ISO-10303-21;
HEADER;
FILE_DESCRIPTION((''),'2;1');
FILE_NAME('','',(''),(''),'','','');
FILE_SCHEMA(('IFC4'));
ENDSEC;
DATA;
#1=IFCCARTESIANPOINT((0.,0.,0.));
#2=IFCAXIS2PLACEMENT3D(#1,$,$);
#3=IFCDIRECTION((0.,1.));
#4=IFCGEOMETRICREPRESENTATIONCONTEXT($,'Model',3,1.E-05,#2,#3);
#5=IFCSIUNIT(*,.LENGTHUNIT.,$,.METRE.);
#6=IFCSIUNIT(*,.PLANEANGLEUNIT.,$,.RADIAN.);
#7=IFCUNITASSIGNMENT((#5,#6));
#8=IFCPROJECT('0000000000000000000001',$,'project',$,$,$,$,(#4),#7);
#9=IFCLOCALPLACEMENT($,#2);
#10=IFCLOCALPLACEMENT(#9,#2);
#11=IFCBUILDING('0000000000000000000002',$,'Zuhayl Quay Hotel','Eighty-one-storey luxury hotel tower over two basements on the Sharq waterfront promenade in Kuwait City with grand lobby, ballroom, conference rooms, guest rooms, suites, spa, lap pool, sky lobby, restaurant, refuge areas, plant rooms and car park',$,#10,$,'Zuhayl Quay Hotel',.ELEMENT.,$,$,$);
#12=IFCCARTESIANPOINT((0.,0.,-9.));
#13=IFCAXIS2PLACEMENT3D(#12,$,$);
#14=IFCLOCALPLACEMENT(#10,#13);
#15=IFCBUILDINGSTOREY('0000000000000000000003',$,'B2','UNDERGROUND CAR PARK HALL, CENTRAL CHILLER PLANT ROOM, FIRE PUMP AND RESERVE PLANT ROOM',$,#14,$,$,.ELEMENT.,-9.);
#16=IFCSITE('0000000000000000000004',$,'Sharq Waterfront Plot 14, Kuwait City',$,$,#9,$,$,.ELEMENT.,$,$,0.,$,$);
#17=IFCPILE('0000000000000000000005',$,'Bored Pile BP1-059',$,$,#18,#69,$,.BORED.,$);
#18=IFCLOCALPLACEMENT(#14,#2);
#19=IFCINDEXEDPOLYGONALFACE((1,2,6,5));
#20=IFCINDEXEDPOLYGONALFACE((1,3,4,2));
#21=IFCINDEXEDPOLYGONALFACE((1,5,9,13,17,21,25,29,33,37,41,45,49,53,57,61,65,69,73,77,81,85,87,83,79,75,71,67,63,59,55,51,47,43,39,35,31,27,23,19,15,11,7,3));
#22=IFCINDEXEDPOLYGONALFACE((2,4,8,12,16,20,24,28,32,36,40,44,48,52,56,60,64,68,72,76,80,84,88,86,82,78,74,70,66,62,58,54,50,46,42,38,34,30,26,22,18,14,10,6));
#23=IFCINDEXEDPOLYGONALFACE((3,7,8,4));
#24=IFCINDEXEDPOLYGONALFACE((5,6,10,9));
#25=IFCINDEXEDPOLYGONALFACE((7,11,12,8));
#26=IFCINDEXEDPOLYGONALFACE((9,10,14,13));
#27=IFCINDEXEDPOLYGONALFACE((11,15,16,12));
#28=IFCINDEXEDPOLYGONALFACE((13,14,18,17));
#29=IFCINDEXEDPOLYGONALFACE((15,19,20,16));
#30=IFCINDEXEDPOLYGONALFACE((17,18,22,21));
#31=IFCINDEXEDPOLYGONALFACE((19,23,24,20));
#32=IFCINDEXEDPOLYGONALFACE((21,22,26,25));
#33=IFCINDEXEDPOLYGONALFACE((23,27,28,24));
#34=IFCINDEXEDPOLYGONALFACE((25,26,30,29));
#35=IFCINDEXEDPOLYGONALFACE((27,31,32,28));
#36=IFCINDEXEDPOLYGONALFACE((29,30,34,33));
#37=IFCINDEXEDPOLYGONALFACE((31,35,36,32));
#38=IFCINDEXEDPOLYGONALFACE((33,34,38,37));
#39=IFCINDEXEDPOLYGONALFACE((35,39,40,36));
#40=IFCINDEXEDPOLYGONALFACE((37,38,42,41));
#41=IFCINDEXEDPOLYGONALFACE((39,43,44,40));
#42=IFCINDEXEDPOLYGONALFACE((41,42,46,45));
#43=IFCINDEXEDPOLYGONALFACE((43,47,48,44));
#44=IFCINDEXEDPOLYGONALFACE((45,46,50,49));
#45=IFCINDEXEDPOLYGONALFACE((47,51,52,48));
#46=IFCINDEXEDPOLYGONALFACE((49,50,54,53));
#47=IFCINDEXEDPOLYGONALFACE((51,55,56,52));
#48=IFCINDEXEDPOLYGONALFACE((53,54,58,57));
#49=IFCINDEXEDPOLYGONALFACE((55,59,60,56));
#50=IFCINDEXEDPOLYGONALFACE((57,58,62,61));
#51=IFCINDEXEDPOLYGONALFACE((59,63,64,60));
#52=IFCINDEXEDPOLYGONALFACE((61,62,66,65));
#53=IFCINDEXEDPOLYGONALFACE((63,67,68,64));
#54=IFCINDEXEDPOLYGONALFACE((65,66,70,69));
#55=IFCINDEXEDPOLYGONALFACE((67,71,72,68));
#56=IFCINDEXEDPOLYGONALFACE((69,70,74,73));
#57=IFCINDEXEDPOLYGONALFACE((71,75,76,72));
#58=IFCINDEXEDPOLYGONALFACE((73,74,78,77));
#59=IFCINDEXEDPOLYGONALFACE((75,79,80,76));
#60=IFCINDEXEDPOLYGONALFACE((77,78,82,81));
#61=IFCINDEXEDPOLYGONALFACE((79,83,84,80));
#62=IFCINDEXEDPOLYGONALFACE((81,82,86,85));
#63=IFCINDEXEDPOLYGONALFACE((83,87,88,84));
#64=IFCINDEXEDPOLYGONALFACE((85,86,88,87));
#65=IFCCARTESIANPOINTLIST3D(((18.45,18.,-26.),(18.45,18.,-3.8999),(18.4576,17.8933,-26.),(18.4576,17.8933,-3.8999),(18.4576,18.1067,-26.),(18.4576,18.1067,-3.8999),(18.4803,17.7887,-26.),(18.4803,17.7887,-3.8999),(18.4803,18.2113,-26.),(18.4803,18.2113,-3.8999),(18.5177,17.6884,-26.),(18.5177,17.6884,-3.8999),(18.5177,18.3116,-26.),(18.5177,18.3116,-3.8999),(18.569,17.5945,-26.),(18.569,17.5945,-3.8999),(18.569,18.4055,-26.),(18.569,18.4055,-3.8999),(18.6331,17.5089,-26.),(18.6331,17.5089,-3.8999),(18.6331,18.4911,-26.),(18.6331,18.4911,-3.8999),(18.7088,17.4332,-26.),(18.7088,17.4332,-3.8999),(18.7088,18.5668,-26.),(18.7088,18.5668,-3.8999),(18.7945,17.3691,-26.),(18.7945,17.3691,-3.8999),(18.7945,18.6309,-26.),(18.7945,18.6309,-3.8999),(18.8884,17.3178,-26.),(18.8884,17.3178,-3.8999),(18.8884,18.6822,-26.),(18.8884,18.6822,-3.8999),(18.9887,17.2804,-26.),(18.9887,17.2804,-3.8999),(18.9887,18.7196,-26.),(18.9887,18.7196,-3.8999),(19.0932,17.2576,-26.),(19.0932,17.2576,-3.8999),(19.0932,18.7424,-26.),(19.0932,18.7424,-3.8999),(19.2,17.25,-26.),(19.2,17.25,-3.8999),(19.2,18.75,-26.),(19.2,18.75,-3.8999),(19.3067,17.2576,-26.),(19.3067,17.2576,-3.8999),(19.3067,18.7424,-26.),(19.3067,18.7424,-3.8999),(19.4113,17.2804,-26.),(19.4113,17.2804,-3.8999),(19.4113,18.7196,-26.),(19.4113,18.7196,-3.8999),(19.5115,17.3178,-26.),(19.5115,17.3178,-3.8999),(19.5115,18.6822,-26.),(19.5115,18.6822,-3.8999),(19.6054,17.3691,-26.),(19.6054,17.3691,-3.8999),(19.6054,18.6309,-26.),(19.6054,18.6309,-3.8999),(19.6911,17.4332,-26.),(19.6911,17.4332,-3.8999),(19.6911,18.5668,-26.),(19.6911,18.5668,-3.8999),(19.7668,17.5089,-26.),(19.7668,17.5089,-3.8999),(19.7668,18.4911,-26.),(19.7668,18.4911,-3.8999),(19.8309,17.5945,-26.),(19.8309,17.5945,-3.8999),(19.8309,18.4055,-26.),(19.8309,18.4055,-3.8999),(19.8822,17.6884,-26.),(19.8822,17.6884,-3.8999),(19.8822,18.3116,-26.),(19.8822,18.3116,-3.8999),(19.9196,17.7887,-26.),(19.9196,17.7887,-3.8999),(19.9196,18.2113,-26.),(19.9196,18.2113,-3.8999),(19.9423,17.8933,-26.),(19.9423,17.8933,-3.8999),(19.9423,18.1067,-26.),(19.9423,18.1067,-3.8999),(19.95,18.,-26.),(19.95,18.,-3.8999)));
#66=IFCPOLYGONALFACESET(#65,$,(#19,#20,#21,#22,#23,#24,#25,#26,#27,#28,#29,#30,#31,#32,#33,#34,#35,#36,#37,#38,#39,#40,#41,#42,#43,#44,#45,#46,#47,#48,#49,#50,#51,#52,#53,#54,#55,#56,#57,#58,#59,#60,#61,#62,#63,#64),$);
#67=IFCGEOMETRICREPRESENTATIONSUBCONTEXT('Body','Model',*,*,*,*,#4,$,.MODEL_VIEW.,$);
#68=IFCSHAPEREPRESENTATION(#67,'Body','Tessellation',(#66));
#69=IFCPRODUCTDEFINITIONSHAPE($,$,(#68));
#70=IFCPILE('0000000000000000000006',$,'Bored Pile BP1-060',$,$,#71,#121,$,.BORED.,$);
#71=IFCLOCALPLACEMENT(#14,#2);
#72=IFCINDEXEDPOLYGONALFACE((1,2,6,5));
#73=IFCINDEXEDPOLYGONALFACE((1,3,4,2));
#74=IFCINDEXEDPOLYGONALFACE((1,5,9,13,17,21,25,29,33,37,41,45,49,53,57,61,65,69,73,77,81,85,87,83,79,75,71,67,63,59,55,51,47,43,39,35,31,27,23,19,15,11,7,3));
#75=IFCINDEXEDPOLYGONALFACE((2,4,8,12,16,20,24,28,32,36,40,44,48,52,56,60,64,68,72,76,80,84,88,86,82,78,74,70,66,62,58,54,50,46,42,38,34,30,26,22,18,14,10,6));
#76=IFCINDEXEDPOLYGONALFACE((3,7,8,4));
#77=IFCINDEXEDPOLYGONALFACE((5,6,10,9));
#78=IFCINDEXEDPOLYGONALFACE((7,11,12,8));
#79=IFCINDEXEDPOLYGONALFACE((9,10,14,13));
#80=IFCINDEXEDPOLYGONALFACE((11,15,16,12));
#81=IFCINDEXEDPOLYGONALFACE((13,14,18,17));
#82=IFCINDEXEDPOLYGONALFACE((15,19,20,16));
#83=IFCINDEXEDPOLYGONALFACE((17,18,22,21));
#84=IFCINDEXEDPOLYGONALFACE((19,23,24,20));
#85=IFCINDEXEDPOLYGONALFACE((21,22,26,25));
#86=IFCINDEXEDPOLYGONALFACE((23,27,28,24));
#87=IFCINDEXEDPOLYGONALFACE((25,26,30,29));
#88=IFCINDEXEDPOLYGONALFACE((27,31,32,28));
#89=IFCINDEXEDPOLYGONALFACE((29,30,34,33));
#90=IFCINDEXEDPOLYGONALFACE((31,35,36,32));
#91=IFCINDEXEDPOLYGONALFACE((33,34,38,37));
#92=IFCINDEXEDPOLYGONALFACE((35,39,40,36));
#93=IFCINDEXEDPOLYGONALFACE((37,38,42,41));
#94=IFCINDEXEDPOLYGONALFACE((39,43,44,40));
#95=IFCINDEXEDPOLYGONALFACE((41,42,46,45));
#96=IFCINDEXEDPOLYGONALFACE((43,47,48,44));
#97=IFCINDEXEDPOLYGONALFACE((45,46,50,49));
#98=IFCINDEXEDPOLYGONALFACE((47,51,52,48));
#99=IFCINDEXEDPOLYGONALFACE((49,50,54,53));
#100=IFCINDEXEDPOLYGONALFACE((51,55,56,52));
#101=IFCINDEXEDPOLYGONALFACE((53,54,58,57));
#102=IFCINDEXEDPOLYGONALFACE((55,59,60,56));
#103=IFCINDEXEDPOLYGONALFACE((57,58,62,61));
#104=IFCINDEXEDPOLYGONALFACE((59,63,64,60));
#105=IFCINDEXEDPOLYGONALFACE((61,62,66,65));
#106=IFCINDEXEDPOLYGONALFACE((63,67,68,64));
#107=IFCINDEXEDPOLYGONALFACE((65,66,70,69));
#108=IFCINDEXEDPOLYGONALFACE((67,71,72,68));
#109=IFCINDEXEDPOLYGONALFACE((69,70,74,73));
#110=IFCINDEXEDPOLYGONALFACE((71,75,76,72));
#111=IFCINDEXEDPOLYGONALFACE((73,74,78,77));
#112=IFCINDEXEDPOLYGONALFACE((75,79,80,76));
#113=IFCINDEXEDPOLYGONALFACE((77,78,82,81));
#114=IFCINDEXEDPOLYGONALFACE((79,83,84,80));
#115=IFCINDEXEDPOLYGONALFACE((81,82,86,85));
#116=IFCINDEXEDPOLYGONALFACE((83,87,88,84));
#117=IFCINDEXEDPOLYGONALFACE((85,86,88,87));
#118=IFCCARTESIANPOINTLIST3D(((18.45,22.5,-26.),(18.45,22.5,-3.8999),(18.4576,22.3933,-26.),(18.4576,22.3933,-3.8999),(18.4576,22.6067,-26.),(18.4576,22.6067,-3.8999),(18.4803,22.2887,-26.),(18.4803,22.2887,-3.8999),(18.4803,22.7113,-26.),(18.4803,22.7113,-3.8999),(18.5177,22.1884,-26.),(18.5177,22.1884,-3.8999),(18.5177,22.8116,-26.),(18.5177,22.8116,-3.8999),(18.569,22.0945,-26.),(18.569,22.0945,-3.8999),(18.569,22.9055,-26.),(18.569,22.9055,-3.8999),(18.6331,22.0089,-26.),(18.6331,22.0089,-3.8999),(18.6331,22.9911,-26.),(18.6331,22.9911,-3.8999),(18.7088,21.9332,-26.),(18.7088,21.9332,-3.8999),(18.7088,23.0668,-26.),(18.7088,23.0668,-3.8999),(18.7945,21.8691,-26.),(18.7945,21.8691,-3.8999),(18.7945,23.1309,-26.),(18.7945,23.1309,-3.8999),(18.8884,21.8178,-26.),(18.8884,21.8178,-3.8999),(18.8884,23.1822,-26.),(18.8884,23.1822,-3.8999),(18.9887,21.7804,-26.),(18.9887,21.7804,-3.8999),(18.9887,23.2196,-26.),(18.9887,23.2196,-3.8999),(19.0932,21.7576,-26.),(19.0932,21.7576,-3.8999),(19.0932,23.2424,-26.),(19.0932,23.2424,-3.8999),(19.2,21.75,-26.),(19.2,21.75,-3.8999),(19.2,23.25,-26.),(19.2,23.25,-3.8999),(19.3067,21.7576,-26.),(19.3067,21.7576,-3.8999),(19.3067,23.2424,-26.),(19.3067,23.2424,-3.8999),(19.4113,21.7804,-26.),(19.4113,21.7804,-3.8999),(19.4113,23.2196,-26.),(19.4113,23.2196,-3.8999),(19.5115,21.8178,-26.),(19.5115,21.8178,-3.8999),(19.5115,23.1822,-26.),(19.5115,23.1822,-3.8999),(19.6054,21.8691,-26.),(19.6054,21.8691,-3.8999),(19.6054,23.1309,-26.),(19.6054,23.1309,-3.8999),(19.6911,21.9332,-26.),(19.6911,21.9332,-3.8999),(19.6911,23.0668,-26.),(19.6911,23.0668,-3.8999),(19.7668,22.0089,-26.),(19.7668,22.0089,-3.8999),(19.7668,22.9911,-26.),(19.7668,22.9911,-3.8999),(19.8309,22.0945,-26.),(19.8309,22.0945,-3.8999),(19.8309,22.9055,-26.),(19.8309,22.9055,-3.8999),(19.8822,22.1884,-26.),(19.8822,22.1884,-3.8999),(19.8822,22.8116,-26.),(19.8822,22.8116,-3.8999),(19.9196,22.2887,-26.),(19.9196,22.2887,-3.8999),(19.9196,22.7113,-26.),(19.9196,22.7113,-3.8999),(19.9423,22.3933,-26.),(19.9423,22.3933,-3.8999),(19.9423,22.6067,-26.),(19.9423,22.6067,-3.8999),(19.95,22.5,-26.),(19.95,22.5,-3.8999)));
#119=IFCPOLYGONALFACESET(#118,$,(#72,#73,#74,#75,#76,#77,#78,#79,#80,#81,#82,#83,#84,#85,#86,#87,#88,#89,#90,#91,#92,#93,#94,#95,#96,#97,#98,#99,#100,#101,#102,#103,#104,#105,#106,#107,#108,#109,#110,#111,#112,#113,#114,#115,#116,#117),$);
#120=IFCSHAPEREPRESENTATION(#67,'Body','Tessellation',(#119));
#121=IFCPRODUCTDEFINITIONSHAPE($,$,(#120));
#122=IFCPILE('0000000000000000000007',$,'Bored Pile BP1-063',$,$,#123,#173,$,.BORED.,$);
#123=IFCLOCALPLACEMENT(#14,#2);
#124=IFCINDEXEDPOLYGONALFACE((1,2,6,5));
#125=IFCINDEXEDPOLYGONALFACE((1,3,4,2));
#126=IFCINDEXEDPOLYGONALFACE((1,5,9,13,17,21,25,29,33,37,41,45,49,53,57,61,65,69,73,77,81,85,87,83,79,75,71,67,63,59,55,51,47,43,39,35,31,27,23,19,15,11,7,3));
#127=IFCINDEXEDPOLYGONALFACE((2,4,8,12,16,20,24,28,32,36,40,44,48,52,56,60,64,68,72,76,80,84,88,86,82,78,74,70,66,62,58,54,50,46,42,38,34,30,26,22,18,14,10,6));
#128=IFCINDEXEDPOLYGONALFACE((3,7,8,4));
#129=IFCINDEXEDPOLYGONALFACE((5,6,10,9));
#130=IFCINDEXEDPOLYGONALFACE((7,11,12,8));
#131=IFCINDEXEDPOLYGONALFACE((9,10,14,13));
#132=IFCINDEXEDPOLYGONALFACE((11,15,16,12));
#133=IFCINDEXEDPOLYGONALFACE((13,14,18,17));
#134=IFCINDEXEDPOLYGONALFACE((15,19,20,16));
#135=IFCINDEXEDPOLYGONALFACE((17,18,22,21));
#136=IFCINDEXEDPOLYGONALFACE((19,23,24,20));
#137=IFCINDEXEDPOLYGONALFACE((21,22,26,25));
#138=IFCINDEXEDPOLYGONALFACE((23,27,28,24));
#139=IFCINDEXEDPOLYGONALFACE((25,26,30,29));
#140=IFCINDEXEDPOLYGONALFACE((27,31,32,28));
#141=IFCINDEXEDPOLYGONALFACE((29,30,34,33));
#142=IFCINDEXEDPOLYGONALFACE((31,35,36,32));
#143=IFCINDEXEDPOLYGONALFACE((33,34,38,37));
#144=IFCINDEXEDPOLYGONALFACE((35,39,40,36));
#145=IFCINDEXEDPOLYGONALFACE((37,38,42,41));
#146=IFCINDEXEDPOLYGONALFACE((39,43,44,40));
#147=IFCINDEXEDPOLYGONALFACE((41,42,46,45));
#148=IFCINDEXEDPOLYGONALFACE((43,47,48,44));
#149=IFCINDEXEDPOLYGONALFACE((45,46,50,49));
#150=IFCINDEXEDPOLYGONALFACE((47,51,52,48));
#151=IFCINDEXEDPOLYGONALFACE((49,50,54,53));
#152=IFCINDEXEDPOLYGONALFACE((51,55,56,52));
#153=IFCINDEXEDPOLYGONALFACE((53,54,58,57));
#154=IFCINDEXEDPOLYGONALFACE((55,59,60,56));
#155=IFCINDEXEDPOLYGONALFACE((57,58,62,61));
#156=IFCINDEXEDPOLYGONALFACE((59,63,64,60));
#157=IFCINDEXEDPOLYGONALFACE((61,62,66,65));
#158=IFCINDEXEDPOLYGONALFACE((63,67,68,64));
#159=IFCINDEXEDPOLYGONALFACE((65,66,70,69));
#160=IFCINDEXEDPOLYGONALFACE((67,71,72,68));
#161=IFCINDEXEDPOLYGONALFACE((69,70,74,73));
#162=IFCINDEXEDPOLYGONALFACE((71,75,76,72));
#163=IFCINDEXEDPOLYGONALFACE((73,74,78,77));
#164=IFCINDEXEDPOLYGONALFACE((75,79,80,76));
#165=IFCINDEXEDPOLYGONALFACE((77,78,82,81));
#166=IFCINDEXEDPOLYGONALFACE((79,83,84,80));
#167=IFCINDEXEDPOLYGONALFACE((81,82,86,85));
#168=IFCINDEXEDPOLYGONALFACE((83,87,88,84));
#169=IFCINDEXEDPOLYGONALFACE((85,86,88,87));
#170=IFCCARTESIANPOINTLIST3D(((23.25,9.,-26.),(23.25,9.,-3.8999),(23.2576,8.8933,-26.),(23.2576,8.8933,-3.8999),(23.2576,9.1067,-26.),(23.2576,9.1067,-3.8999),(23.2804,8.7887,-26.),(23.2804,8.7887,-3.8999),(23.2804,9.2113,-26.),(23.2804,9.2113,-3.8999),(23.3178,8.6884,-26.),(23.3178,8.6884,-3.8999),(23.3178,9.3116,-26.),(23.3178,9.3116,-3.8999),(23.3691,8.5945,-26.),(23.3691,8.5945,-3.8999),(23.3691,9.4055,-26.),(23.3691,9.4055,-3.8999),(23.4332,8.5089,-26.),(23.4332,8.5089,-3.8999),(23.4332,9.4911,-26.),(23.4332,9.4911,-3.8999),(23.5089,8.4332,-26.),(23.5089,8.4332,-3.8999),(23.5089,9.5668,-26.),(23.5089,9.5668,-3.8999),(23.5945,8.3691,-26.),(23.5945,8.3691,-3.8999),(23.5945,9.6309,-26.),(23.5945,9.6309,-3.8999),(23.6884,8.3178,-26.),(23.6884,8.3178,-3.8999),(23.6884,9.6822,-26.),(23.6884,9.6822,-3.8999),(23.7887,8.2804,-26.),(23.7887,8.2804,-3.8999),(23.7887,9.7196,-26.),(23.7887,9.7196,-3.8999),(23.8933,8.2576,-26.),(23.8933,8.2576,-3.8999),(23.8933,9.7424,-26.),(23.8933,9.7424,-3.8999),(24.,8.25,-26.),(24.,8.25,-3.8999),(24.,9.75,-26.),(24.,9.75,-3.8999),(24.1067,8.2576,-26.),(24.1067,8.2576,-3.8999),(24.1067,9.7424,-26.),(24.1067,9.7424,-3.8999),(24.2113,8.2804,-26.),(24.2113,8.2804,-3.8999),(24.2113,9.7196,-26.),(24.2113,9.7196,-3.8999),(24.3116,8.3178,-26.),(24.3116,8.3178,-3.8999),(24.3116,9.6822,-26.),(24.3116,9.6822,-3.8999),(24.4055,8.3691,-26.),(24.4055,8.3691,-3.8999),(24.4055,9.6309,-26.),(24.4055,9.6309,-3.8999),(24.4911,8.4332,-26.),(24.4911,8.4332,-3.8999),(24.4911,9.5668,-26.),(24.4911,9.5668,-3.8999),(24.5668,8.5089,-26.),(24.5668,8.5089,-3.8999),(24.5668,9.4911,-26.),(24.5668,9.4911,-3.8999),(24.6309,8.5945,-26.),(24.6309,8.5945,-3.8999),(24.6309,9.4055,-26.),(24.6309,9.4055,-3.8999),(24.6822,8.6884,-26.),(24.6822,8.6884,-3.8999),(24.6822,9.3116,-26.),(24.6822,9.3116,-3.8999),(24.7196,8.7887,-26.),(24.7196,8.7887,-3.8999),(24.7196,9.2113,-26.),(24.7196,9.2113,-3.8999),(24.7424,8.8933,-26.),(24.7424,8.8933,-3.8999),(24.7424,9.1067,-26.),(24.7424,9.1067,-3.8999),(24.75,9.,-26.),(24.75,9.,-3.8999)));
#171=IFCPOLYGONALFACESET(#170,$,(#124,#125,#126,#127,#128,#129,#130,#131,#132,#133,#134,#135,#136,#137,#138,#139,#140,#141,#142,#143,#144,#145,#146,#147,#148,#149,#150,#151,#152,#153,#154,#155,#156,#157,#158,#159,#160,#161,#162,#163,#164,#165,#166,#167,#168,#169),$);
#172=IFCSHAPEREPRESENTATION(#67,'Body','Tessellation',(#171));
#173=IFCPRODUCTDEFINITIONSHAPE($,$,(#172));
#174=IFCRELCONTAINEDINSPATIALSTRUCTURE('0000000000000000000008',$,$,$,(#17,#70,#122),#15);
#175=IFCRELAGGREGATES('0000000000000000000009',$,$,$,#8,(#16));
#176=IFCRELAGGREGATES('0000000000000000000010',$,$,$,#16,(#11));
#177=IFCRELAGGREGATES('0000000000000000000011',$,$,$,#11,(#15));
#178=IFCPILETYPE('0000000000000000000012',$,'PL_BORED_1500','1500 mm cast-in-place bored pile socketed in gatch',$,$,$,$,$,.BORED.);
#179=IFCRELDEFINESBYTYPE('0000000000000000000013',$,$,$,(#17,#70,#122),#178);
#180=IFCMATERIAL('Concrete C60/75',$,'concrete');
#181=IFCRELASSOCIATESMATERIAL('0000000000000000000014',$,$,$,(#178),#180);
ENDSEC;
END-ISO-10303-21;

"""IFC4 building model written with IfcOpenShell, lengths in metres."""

from ifc_helpers import new_model, si_unit, direction, frame, origin, origin_2d, place, context, subcontext, project, spatial, circle, extrude, material, material_profile, profile_set, type_object, element, save


model = new_model("IFC4")

# Units and contexts
model_context = context("Model", 3, precision=1e-05, world=origin(), true_north=direction((0.0, 1.0)))
body_context = subcontext(model_context, "Body", "Model", "MODEL_VIEW")
ifc_project = project(units=[si_unit("LENGTHUNIT", "METRE"), si_unit("PLANEANGLEUNIT", "RADIAN")], contexts=[model_context])

# Site, building, storey
site_placement = place(None, origin())
site = spatial("IfcSite", under=ifc_project, at=site_placement, Name="Sharq Waterfront Plot 14, Kuwait City", CompositionType="ELEMENT", RefElevation=0.0)
building_placement = place(site_placement, origin())
building = spatial("IfcBuilding", under=site, at=building_placement, Name="Zuhayl Quay Hotel", Description="Eighty-one-storey luxury hotel tower over two basements on the Sharq waterfront promenade in Kuwait City with grand lobby, ballroom, conference rooms, guest rooms, suites, spa, lap pool, sky lobby, restaurant, refuge areas, plant rooms and car park", LongName="Zuhayl Quay Hotel", CompositionType="ELEMENT")
storey_placement = place(building_placement, frame((0.0, 0.0, -9.0)))
storey = spatial("IfcBuildingStorey", under=building, at=storey_placement, Name="B2", Description="UNDERGROUND CAR PARK HALL, CENTRAL CHILLER PLANT ROOM, FIRE PUMP AND RESERVE PLANT ROOM", CompositionType="ELEMENT", Elevation=-9.0)

# Piles
ifc_material_1 = material(Name="Concrete C60/75", Category="concrete")
ifc_material_profile_1 = material_profile(ifc_material_1, circle(Radius=0.75, at=origin_2d()), Name="PILE1500")
ifc_profile_set_1 = profile_set([ifc_material_profile_1], Name="Concrete C60/75")
pile_type = type_object("IfcPileType", Name="PL_BORED_1500", Description="1500 mm cast-in-place bored pile socketed in gatch", PredefinedType="BORED", material=ifc_profile_set_1)
for number, where, z_axis, x_axis, name in (
    (1, (19.2, 18.0, -3.8999), (0.0, 0.0, -1.0), (1.0, 0.0, 0.0), "Bored Pile BP1-059"),
    (2, (19.2, 22.5, -3.8999), (0.0, 0.0, -1.0), (1.0, 0.0, 0.0), "Bored Pile BP1-060"),
    (3, (24.0, 9.0, -3.8999), (0.0, 0.0, -1.0), (1.0, 0.0, 0.0), "Bored Pile BP1-063"),
):
    element("IfcPile", number, at=place(storey_placement, frame(where, z_axis=z_axis, x_axis=x_axis)), inside=storey, type_object=pile_type, Name=name, PredefinedType="BORED", context=body_context, shape_type="SweptSolid", body=[
        extrude(circle(Radius=0.75, at=origin_2d()), origin(), (0.0, 0.0, 1.0), 22.1001),
    ])

save(model, "model.ifc")
